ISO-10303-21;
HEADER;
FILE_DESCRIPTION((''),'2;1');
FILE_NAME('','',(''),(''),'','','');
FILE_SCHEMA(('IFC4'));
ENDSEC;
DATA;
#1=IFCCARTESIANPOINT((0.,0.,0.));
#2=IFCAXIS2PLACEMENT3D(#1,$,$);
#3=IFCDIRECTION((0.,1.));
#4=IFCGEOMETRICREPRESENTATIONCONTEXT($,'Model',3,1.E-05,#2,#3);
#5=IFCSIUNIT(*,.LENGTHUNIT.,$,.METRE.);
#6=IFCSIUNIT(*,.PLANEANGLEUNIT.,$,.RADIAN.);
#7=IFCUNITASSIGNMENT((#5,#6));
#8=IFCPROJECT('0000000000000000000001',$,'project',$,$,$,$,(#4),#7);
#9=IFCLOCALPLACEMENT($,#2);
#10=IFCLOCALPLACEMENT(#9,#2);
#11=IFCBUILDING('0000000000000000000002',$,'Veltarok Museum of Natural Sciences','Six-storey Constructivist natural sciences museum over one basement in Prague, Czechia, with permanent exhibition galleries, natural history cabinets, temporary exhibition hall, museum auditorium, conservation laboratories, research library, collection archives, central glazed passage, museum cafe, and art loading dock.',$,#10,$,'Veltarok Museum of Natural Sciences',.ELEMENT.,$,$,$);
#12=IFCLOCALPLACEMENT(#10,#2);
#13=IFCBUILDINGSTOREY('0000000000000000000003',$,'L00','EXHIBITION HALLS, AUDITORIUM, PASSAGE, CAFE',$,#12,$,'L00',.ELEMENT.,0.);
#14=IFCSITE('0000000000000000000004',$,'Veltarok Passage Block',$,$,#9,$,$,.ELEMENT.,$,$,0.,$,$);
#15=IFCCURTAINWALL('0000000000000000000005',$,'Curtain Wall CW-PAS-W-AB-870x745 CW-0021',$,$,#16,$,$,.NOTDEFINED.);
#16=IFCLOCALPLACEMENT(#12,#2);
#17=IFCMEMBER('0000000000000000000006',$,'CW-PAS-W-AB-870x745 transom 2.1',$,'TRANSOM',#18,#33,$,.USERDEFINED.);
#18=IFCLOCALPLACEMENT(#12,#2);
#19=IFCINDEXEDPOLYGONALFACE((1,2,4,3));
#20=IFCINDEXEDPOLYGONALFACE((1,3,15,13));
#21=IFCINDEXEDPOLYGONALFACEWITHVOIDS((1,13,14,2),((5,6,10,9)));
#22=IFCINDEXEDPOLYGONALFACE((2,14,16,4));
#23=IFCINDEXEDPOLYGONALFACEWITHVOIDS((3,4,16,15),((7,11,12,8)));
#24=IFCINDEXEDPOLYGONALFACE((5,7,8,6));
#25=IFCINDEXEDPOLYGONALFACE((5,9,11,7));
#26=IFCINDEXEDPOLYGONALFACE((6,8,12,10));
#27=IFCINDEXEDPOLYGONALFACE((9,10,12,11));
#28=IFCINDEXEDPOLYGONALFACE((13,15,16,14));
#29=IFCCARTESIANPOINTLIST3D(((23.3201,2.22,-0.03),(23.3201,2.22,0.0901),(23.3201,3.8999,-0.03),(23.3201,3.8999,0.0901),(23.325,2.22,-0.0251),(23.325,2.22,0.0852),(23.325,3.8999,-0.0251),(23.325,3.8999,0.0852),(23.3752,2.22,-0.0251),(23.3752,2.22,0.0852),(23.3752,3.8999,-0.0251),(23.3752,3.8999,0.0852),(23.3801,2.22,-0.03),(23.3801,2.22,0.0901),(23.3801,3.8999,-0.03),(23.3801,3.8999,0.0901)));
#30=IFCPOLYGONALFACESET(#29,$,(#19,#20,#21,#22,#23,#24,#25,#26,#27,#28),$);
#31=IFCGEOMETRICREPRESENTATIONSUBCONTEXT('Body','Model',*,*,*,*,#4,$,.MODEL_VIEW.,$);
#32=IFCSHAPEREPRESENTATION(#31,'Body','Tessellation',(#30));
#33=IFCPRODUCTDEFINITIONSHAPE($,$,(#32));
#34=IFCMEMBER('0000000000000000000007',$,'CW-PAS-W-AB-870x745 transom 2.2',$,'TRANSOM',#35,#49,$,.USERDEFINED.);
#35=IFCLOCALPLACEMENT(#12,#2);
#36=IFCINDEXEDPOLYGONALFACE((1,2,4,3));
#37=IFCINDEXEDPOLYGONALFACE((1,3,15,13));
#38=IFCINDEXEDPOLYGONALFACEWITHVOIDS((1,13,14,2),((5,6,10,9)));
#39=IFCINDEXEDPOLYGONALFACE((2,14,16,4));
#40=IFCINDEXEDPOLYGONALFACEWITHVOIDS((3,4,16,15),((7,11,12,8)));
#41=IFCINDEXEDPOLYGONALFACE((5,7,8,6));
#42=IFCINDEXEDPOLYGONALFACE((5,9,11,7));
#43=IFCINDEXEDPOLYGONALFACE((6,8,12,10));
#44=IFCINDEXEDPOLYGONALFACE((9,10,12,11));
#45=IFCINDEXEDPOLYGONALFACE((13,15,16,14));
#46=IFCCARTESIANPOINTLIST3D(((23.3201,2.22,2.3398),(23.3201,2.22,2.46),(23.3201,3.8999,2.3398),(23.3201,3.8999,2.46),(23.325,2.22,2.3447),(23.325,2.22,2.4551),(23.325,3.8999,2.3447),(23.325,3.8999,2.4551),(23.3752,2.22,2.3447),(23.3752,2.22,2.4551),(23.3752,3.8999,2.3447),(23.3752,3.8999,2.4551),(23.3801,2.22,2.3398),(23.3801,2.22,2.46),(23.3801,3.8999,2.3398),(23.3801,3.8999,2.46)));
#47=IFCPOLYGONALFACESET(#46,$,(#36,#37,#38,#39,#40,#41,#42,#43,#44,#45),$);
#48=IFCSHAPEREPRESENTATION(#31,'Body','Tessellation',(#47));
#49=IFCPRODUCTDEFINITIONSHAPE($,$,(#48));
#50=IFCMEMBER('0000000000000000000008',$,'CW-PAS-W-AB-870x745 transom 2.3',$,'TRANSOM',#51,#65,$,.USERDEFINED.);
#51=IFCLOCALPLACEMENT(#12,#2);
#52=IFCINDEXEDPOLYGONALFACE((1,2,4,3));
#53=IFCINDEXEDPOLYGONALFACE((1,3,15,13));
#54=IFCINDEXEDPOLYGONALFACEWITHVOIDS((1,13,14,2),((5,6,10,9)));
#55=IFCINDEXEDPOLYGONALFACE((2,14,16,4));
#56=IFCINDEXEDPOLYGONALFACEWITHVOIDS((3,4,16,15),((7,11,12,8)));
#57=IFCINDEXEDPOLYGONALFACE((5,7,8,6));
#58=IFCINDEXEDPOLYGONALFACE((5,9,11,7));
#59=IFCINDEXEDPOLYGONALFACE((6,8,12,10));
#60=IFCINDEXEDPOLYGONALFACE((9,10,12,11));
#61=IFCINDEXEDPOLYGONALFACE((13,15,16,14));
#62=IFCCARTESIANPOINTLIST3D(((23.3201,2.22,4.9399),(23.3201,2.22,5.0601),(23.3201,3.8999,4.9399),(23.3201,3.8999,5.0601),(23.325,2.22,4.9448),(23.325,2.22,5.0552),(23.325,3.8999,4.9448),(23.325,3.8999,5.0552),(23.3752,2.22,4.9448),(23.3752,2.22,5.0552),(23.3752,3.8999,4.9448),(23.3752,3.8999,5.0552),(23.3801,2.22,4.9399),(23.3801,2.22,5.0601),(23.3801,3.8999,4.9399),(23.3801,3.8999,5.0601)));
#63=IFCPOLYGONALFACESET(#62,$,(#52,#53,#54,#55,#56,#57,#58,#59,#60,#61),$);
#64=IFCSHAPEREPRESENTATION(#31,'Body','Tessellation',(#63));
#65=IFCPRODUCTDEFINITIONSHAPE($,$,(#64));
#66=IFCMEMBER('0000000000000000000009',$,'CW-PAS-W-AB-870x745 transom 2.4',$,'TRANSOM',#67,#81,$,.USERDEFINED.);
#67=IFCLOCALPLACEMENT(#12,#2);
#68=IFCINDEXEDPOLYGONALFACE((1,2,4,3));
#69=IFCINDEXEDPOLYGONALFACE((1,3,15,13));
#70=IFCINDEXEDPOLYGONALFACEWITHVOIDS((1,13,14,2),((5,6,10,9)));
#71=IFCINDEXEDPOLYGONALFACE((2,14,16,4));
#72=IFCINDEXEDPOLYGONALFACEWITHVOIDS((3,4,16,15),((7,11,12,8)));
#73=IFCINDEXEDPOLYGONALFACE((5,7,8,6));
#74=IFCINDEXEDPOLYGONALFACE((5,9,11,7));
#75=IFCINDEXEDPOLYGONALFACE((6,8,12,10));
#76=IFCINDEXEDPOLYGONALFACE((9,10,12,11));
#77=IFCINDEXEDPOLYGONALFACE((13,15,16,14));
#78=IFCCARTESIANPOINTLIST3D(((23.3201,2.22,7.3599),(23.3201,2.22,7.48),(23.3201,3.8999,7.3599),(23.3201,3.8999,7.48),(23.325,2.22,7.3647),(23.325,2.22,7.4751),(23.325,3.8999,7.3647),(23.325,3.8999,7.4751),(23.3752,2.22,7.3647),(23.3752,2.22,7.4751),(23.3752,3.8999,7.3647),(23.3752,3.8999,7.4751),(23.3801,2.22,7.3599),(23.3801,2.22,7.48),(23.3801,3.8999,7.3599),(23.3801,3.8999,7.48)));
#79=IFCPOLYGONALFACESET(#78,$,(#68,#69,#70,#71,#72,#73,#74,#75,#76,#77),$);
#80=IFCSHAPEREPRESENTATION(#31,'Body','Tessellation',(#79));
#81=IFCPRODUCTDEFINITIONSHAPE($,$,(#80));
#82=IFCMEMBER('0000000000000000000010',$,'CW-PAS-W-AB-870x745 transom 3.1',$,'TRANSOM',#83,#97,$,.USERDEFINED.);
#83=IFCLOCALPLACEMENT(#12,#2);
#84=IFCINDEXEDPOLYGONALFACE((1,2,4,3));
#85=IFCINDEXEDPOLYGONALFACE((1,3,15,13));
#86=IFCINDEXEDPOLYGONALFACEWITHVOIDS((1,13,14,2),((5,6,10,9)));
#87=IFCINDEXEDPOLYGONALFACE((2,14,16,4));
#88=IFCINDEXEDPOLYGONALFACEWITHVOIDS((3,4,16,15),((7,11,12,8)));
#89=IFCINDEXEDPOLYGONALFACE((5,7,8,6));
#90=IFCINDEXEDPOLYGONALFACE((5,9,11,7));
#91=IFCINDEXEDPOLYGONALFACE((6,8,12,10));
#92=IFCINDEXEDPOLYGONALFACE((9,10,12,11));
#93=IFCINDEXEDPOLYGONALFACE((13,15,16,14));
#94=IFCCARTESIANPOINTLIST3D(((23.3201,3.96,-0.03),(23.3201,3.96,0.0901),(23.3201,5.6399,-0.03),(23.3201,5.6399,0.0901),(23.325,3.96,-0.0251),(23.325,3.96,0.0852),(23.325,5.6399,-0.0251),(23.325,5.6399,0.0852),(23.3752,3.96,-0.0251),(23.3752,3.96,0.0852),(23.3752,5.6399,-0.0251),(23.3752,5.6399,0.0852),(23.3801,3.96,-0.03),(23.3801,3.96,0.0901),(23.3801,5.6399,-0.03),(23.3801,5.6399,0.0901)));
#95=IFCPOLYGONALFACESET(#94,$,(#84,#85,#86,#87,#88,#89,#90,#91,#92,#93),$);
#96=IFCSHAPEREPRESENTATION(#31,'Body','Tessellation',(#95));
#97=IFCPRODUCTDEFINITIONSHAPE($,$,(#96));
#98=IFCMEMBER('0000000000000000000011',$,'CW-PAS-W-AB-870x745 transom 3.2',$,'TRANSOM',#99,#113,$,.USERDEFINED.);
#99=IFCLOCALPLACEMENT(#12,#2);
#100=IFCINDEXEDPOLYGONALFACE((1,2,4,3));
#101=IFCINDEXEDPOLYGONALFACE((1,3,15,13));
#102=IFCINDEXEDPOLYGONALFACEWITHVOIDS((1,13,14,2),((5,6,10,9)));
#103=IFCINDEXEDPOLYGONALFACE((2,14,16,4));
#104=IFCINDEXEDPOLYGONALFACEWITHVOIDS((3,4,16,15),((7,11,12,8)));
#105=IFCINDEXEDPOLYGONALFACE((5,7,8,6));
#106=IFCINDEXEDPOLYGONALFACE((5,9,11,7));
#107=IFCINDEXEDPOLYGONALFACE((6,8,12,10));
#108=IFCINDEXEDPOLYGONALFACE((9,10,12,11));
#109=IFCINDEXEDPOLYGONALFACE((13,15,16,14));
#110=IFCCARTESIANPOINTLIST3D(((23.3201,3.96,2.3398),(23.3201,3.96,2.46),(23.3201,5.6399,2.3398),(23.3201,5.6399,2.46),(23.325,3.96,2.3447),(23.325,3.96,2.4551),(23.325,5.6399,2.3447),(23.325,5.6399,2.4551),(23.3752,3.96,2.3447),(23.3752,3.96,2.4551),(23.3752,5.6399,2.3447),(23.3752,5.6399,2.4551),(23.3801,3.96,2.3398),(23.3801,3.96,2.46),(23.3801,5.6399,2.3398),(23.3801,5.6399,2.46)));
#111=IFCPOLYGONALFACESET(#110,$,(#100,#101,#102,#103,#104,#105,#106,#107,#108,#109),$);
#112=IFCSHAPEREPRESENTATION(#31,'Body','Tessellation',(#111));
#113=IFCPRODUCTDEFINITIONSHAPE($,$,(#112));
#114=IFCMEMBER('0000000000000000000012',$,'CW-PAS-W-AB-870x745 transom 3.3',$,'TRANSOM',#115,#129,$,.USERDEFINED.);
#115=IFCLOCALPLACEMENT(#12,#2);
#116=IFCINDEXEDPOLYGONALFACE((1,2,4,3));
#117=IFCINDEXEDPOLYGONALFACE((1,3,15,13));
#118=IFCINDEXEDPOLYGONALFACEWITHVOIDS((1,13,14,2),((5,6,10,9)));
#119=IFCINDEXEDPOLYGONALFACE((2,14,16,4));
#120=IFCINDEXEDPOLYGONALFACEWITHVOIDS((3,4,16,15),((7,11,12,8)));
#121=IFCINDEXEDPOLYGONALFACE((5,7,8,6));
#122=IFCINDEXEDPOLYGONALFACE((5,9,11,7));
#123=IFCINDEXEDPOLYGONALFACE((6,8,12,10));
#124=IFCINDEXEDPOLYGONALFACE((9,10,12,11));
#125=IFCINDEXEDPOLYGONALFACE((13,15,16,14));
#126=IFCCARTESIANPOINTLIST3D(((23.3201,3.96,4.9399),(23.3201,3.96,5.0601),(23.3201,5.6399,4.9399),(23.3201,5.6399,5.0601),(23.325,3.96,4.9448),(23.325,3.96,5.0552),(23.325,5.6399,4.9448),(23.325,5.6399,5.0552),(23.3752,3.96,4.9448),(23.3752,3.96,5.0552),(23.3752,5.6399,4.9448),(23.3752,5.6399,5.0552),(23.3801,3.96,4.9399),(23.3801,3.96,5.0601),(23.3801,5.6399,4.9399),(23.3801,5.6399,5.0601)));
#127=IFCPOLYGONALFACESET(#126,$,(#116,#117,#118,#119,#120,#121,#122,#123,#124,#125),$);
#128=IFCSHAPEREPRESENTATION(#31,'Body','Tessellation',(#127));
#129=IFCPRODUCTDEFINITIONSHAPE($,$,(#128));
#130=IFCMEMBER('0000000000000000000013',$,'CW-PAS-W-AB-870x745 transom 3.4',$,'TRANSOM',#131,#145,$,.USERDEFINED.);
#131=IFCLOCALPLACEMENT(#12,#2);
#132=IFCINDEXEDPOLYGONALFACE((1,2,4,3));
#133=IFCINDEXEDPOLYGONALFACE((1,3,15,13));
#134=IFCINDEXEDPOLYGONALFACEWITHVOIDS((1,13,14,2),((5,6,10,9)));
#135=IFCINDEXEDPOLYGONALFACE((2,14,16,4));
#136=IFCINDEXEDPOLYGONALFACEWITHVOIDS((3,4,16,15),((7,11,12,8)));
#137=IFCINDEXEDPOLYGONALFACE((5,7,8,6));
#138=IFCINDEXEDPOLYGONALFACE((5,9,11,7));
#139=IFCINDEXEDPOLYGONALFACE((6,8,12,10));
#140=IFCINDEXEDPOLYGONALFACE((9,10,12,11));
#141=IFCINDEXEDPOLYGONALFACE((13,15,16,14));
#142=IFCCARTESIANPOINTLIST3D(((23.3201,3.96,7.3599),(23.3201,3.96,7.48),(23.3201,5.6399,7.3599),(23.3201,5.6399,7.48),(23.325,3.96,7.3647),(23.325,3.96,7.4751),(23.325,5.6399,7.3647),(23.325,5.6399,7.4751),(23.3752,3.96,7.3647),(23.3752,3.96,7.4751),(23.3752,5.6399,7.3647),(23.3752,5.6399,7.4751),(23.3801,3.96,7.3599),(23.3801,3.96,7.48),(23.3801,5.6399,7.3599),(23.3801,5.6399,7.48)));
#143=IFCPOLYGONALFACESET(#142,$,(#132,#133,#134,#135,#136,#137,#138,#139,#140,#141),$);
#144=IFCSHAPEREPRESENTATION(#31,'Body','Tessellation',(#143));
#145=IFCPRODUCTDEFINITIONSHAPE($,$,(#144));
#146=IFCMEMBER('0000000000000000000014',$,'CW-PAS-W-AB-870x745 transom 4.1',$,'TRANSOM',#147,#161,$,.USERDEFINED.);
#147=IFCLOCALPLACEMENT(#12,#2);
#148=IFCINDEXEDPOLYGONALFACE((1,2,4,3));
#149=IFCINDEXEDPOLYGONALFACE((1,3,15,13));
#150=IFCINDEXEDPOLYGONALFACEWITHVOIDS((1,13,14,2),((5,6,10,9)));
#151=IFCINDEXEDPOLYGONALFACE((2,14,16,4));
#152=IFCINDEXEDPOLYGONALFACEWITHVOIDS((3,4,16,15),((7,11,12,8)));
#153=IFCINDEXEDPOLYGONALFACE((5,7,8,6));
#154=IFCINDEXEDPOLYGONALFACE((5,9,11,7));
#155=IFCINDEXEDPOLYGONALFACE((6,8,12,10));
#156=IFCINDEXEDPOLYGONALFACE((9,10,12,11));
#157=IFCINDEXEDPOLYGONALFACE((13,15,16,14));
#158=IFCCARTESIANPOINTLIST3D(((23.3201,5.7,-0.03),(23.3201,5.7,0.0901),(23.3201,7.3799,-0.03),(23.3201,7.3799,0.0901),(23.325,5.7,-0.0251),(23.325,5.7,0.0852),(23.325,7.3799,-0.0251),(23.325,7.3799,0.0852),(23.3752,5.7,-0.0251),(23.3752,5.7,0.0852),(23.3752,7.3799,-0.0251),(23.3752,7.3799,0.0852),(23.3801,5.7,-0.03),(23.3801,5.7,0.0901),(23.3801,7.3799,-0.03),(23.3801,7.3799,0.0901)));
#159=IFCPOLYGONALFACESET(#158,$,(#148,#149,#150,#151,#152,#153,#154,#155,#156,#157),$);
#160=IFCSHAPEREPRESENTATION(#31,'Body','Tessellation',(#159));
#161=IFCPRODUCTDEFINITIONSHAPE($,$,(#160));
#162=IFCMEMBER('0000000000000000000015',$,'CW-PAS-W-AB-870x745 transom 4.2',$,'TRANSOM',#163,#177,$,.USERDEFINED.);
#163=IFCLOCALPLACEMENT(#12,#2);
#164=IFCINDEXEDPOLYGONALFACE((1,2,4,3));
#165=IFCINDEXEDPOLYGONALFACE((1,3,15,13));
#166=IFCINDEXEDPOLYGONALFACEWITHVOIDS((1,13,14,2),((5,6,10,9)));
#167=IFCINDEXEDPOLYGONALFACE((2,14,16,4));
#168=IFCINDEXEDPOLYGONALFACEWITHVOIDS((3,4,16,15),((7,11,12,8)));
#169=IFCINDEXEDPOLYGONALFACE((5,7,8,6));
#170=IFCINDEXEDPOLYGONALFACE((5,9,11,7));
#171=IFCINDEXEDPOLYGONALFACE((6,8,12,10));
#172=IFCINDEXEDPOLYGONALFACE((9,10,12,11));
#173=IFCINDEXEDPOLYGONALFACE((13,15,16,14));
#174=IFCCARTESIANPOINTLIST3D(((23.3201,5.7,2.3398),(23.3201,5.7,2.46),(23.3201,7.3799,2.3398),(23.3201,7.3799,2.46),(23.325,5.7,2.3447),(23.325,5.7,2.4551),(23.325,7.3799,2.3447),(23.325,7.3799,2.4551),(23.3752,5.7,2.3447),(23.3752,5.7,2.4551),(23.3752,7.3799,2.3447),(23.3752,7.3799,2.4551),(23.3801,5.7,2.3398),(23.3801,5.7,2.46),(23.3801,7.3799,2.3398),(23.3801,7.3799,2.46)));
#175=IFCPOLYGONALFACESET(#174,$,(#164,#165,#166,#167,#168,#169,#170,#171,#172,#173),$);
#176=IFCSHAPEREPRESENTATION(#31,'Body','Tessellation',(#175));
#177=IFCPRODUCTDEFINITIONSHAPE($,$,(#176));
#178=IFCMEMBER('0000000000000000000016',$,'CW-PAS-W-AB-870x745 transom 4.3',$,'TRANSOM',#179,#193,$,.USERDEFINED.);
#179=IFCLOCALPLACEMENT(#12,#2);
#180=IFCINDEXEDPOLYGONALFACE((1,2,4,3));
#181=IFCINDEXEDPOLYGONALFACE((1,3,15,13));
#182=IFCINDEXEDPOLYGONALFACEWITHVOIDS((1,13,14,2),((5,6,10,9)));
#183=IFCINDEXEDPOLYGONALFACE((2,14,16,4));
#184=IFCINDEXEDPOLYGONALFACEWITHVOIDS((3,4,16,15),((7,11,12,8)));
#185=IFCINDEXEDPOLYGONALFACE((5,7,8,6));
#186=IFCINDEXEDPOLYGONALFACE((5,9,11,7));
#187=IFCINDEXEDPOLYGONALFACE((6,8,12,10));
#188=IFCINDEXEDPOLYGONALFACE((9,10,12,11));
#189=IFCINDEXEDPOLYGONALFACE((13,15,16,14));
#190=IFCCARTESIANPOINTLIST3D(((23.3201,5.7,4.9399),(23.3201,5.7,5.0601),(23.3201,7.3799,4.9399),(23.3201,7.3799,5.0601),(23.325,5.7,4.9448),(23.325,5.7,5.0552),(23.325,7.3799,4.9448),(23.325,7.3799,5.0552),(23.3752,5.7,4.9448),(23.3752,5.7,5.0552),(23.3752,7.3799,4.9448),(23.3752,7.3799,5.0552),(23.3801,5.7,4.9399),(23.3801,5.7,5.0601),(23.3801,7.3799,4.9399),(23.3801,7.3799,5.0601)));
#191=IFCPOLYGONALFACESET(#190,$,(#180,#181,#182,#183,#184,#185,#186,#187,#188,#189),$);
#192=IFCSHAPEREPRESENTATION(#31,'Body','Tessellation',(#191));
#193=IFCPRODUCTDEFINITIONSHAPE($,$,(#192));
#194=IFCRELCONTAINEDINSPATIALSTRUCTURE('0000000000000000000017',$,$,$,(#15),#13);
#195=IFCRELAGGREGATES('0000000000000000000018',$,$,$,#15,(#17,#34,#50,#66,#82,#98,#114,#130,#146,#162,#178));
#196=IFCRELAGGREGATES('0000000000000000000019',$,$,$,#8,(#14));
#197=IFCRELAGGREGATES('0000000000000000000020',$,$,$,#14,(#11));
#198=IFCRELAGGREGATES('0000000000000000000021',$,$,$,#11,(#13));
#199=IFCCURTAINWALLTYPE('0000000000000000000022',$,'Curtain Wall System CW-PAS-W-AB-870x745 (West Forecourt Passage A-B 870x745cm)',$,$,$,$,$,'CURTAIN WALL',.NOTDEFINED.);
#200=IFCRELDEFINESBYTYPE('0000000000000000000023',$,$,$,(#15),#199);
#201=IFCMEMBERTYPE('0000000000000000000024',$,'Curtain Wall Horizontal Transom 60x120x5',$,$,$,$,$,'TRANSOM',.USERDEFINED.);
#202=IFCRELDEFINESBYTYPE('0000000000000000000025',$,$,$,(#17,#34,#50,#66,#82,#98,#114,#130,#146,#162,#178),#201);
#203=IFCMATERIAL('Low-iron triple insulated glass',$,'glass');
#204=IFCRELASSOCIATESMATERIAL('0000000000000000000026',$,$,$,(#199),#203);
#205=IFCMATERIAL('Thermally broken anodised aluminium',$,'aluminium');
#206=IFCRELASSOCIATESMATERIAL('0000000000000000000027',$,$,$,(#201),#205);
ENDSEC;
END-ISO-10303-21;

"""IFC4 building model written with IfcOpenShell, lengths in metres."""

from ifc_helpers import new_model, si_unit, direction, frame, origin, origin_2d, place, context, subcontext, project, spatial, hollow_rectangle, extrude, material, material_profile, profile_set, type_object, element, aggregate, save


model = new_model("IFC4")

# Units and contexts
model_context = context("Model", 3, precision=1e-05, world=origin(), true_north=direction((0.0, 1.0)))
body_context = subcontext(model_context, "Body", "Model", "MODEL_VIEW")
ifc_project = project(units=[si_unit("LENGTHUNIT", "METRE"), si_unit("PLANEANGLEUNIT", "RADIAN")], contexts=[model_context])

# Site, building, storey
site_placement = place(None, origin())
site = spatial("IfcSite", under=ifc_project, at=site_placement, Name="Veltarok Passage Block", CompositionType="ELEMENT", RefElevation=0.0)
building_placement = place(site_placement, origin())
building = spatial("IfcBuilding", under=site, at=building_placement, Name="Veltarok Museum of Natural Sciences", Description="Six-storey Constructivist natural sciences museum over one basement in Prague, Czechia, with permanent exhibition galleries, natural history cabinets, temporary exhibition hall, museum auditorium, conservation laboratories, research library, collection archives, central glazed passage, museum cafe, and art loading dock.", LongName="Veltarok Museum of Natural Sciences", CompositionType="ELEMENT")
storey_placement = place(building_placement, origin())
storey = spatial("IfcBuildingStorey", under=building, at=storey_placement, Name="L00", Description="EXHIBITION HALLS, AUDITORIUM, PASSAGE, CAFE", LongName="L00", CompositionType="ELEMENT", Elevation=0.0)

# Curtain wall, members
ifc_material_1 = material(Name="Low-iron triple insulated glass", Category="glass")
curtain_wall_type = type_object("IfcCurtainWallType", Name="Curtain Wall System CW-PAS-W-AB-870x745 (West Forecourt Passage A-B 870x745cm)", ElementType="CURTAIN WALL", PredefinedType="NOTDEFINED", material=ifc_material_1)
curtain_wall_placement = place(storey_placement, origin())
curtain_wall = element("IfcCurtainWall", 1, at=curtain_wall_placement, inside=storey, type_object=curtain_wall_type, Name="Curtain Wall CW-PAS-W-AB-870x745 CW-0021", PredefinedType="NOTDEFINED")
ifc_material_2 = material(Name="Thermally broken anodised aluminium", Category="aluminium")
ifc_material_profile_1 = material_profile(ifc_material_2, hollow_rectangle(XDim=0.0601, YDim=0.1201, WallThickness=0.0049, at=origin_2d()), Name="CW TRANSOM 60x120x5")
ifc_profile_set_1 = profile_set([ifc_material_profile_1], Name="Thermally broken anodised aluminium")
member_type_1 = type_object("IfcMemberType", Name="Curtain Wall Horizontal Transom 60x120x5", ElementType="TRANSOM", PredefinedType="USERDEFINED", material=ifc_profile_set_1)
member_1_placement = place(storey_placement, frame((23.3501, 2.22, 0.03), z_axis=(0.0, 1.0, 0.0), x_axis=(-1.0, 0.0, 0.0)))
member_1 = element("IfcMember", 2, at=member_1_placement, type_object=member_type_1, Name="CW-PAS-W-AB-870x745 transom 2.1", ObjectType="TRANSOM", PredefinedType="USERDEFINED", context=body_context, shape_type="SweptSolid", body=[
    extrude(hollow_rectangle(XDim=0.0601, YDim=0.1201, WallThickness=0.0049, at=origin_2d()), origin(), (0.0, 0.0, 1.0), 1.6799),
])
member_2_placement = place(storey_placement, frame((23.3501, 2.22, 2.3999), z_axis=(0.0, 1.0, 0.0), x_axis=(-1.0, 0.0, 0.0)))
member_2 = element("IfcMember", 3, at=member_2_placement, type_object=member_type_1, Name="CW-PAS-W-AB-870x745 transom 2.2", ObjectType="TRANSOM", PredefinedType="USERDEFINED", context=body_context, shape_type="SweptSolid", body=[
    extrude(hollow_rectangle(XDim=0.0601, YDim=0.1201, WallThickness=0.0049, at=origin_2d()), origin(), (0.0, 0.0, 1.0), 1.6799),
])
member_3_placement = place(storey_placement, frame((23.3501, 2.22, 5.0), z_axis=(0.0, 1.0, 0.0), x_axis=(-1.0, 0.0, 0.0)))
member_3 = element("IfcMember", 4, at=member_3_placement, type_object=member_type_1, Name="CW-PAS-W-AB-870x745 transom 2.3", ObjectType="TRANSOM", PredefinedType="USERDEFINED", context=body_context, shape_type="SweptSolid", body=[
    extrude(hollow_rectangle(XDim=0.0601, YDim=0.1201, WallThickness=0.0049, at=origin_2d()), origin(), (0.0, 0.0, 1.0), 1.6799),
])
member_4_placement = place(storey_placement, frame((23.3501, 2.22, 7.4199), z_axis=(0.0, 1.0, 0.0), x_axis=(-1.0, 0.0, 0.0)))
member_4 = element("IfcMember", 5, at=member_4_placement, type_object=member_type_1, Name="CW-PAS-W-AB-870x745 transom 2.4", ObjectType="TRANSOM", PredefinedType="USERDEFINED", context=body_context, shape_type="SweptSolid", body=[
    extrude(hollow_rectangle(XDim=0.0601, YDim=0.1201, WallThickness=0.0049, at=origin_2d()), origin(), (0.0, 0.0, 1.0), 1.6799),
])
member_5_placement = place(storey_placement, frame((23.3501, 3.96, 0.03), z_axis=(0.0, 1.0, 0.0), x_axis=(-1.0, 0.0, 0.0)))
member_5 = element("IfcMember", 6, at=member_5_placement, type_object=member_type_1, Name="CW-PAS-W-AB-870x745 transom 3.1", ObjectType="TRANSOM", PredefinedType="USERDEFINED", context=body_context, shape_type="SweptSolid", body=[
    extrude(hollow_rectangle(XDim=0.0601, YDim=0.1201, WallThickness=0.0049, at=origin_2d()), origin(), (0.0, 0.0, 1.0), 1.6799),
])
member_6_placement = place(storey_placement, frame((23.3501, 3.96, 2.3999), z_axis=(0.0, 1.0, 0.0), x_axis=(-1.0, 0.0, 0.0)))
member_6 = element("IfcMember", 7, at=member_6_placement, type_object=member_type_1, Name="CW-PAS-W-AB-870x745 transom 3.2", ObjectType="TRANSOM", PredefinedType="USERDEFINED", context=body_context, shape_type="SweptSolid", body=[
    extrude(hollow_rectangle(XDim=0.0601, YDim=0.1201, WallThickness=0.0049, at=origin_2d()), origin(), (0.0, 0.0, 1.0), 1.6799),
])
member_7_placement = place(storey_placement, frame((23.3501, 3.96, 5.0), z_axis=(0.0, 1.0, 0.0), x_axis=(-1.0, 0.0, 0.0)))
member_7 = element("IfcMember", 8, at=member_7_placement, type_object=member_type_1, Name="CW-PAS-W-AB-870x745 transom 3.3", ObjectType="TRANSOM", PredefinedType="USERDEFINED", context=body_context, shape_type="SweptSolid", body=[
    extrude(hollow_rectangle(XDim=0.0601, YDim=0.1201, WallThickness=0.0049, at=origin_2d()), origin(), (0.0, 0.0, 1.0), 1.6799),
])
member_8_placement = place(storey_placement, frame((23.3501, 3.96, 7.4199), z_axis=(0.0, 1.0, 0.0), x_axis=(-1.0, 0.0, 0.0)))
member_8 = element("IfcMember", 9, at=member_8_placement, type_object=member_type_1, Name="CW-PAS-W-AB-870x745 transom 3.4", ObjectType="TRANSOM", PredefinedType="USERDEFINED", context=body_context, shape_type="SweptSolid", body=[
    extrude(hollow_rectangle(XDim=0.0601, YDim=0.1201, WallThickness=0.0049, at=origin_2d()), origin(), (0.0, 0.0, 1.0), 1.6799),
])
member_9_placement = place(storey_placement, frame((23.3501, 5.7, 0.03), z_axis=(0.0, 1.0, 0.0), x_axis=(-1.0, 0.0, 0.0)))
member_9 = element("IfcMember", 10, at=member_9_placement, type_object=member_type_1, Name="CW-PAS-W-AB-870x745 transom 4.1", ObjectType="TRANSOM", PredefinedType="USERDEFINED", context=body_context, shape_type="SweptSolid", body=[
    extrude(hollow_rectangle(XDim=0.0601, YDim=0.1201, WallThickness=0.0049, at=origin_2d()), origin(), (0.0, 0.0, 1.0), 1.6799),
])
member_10_placement = place(storey_placement, frame((23.3501, 5.7, 2.3999), z_axis=(0.0, 1.0, 0.0), x_axis=(-1.0, 0.0, 0.0)))
member_10 = element("IfcMember", 11, at=member_10_placement, type_object=member_type_1, Name="CW-PAS-W-AB-870x745 transom 4.2", ObjectType="TRANSOM", PredefinedType="USERDEFINED", context=body_context, shape_type="SweptSolid", body=[
    extrude(hollow_rectangle(XDim=0.0601, YDim=0.1201, WallThickness=0.0049, at=origin_2d()), origin(), (0.0, 0.0, 1.0), 1.6799),
])
member_11_placement = place(storey_placement, frame((23.3501, 5.7, 5.0), z_axis=(0.0, 1.0, 0.0), x_axis=(-1.0, 0.0, 0.0)))
member_11 = element("IfcMember", 12, at=member_11_placement, type_object=member_type_1, Name="CW-PAS-W-AB-870x745 transom 4.3", ObjectType="TRANSOM", PredefinedType="USERDEFINED", context=body_context, shape_type="SweptSolid", body=[
    extrude(hollow_rectangle(XDim=0.0601, YDim=0.1201, WallThickness=0.0049, at=origin_2d()), origin(), (0.0, 0.0, 1.0), 1.6799),
])
aggregate(curtain_wall, [member_1, member_2, member_3, member_4, member_5, member_6, member_7, member_8, member_9, member_10, member_11])

save(model, "model.ifc")
